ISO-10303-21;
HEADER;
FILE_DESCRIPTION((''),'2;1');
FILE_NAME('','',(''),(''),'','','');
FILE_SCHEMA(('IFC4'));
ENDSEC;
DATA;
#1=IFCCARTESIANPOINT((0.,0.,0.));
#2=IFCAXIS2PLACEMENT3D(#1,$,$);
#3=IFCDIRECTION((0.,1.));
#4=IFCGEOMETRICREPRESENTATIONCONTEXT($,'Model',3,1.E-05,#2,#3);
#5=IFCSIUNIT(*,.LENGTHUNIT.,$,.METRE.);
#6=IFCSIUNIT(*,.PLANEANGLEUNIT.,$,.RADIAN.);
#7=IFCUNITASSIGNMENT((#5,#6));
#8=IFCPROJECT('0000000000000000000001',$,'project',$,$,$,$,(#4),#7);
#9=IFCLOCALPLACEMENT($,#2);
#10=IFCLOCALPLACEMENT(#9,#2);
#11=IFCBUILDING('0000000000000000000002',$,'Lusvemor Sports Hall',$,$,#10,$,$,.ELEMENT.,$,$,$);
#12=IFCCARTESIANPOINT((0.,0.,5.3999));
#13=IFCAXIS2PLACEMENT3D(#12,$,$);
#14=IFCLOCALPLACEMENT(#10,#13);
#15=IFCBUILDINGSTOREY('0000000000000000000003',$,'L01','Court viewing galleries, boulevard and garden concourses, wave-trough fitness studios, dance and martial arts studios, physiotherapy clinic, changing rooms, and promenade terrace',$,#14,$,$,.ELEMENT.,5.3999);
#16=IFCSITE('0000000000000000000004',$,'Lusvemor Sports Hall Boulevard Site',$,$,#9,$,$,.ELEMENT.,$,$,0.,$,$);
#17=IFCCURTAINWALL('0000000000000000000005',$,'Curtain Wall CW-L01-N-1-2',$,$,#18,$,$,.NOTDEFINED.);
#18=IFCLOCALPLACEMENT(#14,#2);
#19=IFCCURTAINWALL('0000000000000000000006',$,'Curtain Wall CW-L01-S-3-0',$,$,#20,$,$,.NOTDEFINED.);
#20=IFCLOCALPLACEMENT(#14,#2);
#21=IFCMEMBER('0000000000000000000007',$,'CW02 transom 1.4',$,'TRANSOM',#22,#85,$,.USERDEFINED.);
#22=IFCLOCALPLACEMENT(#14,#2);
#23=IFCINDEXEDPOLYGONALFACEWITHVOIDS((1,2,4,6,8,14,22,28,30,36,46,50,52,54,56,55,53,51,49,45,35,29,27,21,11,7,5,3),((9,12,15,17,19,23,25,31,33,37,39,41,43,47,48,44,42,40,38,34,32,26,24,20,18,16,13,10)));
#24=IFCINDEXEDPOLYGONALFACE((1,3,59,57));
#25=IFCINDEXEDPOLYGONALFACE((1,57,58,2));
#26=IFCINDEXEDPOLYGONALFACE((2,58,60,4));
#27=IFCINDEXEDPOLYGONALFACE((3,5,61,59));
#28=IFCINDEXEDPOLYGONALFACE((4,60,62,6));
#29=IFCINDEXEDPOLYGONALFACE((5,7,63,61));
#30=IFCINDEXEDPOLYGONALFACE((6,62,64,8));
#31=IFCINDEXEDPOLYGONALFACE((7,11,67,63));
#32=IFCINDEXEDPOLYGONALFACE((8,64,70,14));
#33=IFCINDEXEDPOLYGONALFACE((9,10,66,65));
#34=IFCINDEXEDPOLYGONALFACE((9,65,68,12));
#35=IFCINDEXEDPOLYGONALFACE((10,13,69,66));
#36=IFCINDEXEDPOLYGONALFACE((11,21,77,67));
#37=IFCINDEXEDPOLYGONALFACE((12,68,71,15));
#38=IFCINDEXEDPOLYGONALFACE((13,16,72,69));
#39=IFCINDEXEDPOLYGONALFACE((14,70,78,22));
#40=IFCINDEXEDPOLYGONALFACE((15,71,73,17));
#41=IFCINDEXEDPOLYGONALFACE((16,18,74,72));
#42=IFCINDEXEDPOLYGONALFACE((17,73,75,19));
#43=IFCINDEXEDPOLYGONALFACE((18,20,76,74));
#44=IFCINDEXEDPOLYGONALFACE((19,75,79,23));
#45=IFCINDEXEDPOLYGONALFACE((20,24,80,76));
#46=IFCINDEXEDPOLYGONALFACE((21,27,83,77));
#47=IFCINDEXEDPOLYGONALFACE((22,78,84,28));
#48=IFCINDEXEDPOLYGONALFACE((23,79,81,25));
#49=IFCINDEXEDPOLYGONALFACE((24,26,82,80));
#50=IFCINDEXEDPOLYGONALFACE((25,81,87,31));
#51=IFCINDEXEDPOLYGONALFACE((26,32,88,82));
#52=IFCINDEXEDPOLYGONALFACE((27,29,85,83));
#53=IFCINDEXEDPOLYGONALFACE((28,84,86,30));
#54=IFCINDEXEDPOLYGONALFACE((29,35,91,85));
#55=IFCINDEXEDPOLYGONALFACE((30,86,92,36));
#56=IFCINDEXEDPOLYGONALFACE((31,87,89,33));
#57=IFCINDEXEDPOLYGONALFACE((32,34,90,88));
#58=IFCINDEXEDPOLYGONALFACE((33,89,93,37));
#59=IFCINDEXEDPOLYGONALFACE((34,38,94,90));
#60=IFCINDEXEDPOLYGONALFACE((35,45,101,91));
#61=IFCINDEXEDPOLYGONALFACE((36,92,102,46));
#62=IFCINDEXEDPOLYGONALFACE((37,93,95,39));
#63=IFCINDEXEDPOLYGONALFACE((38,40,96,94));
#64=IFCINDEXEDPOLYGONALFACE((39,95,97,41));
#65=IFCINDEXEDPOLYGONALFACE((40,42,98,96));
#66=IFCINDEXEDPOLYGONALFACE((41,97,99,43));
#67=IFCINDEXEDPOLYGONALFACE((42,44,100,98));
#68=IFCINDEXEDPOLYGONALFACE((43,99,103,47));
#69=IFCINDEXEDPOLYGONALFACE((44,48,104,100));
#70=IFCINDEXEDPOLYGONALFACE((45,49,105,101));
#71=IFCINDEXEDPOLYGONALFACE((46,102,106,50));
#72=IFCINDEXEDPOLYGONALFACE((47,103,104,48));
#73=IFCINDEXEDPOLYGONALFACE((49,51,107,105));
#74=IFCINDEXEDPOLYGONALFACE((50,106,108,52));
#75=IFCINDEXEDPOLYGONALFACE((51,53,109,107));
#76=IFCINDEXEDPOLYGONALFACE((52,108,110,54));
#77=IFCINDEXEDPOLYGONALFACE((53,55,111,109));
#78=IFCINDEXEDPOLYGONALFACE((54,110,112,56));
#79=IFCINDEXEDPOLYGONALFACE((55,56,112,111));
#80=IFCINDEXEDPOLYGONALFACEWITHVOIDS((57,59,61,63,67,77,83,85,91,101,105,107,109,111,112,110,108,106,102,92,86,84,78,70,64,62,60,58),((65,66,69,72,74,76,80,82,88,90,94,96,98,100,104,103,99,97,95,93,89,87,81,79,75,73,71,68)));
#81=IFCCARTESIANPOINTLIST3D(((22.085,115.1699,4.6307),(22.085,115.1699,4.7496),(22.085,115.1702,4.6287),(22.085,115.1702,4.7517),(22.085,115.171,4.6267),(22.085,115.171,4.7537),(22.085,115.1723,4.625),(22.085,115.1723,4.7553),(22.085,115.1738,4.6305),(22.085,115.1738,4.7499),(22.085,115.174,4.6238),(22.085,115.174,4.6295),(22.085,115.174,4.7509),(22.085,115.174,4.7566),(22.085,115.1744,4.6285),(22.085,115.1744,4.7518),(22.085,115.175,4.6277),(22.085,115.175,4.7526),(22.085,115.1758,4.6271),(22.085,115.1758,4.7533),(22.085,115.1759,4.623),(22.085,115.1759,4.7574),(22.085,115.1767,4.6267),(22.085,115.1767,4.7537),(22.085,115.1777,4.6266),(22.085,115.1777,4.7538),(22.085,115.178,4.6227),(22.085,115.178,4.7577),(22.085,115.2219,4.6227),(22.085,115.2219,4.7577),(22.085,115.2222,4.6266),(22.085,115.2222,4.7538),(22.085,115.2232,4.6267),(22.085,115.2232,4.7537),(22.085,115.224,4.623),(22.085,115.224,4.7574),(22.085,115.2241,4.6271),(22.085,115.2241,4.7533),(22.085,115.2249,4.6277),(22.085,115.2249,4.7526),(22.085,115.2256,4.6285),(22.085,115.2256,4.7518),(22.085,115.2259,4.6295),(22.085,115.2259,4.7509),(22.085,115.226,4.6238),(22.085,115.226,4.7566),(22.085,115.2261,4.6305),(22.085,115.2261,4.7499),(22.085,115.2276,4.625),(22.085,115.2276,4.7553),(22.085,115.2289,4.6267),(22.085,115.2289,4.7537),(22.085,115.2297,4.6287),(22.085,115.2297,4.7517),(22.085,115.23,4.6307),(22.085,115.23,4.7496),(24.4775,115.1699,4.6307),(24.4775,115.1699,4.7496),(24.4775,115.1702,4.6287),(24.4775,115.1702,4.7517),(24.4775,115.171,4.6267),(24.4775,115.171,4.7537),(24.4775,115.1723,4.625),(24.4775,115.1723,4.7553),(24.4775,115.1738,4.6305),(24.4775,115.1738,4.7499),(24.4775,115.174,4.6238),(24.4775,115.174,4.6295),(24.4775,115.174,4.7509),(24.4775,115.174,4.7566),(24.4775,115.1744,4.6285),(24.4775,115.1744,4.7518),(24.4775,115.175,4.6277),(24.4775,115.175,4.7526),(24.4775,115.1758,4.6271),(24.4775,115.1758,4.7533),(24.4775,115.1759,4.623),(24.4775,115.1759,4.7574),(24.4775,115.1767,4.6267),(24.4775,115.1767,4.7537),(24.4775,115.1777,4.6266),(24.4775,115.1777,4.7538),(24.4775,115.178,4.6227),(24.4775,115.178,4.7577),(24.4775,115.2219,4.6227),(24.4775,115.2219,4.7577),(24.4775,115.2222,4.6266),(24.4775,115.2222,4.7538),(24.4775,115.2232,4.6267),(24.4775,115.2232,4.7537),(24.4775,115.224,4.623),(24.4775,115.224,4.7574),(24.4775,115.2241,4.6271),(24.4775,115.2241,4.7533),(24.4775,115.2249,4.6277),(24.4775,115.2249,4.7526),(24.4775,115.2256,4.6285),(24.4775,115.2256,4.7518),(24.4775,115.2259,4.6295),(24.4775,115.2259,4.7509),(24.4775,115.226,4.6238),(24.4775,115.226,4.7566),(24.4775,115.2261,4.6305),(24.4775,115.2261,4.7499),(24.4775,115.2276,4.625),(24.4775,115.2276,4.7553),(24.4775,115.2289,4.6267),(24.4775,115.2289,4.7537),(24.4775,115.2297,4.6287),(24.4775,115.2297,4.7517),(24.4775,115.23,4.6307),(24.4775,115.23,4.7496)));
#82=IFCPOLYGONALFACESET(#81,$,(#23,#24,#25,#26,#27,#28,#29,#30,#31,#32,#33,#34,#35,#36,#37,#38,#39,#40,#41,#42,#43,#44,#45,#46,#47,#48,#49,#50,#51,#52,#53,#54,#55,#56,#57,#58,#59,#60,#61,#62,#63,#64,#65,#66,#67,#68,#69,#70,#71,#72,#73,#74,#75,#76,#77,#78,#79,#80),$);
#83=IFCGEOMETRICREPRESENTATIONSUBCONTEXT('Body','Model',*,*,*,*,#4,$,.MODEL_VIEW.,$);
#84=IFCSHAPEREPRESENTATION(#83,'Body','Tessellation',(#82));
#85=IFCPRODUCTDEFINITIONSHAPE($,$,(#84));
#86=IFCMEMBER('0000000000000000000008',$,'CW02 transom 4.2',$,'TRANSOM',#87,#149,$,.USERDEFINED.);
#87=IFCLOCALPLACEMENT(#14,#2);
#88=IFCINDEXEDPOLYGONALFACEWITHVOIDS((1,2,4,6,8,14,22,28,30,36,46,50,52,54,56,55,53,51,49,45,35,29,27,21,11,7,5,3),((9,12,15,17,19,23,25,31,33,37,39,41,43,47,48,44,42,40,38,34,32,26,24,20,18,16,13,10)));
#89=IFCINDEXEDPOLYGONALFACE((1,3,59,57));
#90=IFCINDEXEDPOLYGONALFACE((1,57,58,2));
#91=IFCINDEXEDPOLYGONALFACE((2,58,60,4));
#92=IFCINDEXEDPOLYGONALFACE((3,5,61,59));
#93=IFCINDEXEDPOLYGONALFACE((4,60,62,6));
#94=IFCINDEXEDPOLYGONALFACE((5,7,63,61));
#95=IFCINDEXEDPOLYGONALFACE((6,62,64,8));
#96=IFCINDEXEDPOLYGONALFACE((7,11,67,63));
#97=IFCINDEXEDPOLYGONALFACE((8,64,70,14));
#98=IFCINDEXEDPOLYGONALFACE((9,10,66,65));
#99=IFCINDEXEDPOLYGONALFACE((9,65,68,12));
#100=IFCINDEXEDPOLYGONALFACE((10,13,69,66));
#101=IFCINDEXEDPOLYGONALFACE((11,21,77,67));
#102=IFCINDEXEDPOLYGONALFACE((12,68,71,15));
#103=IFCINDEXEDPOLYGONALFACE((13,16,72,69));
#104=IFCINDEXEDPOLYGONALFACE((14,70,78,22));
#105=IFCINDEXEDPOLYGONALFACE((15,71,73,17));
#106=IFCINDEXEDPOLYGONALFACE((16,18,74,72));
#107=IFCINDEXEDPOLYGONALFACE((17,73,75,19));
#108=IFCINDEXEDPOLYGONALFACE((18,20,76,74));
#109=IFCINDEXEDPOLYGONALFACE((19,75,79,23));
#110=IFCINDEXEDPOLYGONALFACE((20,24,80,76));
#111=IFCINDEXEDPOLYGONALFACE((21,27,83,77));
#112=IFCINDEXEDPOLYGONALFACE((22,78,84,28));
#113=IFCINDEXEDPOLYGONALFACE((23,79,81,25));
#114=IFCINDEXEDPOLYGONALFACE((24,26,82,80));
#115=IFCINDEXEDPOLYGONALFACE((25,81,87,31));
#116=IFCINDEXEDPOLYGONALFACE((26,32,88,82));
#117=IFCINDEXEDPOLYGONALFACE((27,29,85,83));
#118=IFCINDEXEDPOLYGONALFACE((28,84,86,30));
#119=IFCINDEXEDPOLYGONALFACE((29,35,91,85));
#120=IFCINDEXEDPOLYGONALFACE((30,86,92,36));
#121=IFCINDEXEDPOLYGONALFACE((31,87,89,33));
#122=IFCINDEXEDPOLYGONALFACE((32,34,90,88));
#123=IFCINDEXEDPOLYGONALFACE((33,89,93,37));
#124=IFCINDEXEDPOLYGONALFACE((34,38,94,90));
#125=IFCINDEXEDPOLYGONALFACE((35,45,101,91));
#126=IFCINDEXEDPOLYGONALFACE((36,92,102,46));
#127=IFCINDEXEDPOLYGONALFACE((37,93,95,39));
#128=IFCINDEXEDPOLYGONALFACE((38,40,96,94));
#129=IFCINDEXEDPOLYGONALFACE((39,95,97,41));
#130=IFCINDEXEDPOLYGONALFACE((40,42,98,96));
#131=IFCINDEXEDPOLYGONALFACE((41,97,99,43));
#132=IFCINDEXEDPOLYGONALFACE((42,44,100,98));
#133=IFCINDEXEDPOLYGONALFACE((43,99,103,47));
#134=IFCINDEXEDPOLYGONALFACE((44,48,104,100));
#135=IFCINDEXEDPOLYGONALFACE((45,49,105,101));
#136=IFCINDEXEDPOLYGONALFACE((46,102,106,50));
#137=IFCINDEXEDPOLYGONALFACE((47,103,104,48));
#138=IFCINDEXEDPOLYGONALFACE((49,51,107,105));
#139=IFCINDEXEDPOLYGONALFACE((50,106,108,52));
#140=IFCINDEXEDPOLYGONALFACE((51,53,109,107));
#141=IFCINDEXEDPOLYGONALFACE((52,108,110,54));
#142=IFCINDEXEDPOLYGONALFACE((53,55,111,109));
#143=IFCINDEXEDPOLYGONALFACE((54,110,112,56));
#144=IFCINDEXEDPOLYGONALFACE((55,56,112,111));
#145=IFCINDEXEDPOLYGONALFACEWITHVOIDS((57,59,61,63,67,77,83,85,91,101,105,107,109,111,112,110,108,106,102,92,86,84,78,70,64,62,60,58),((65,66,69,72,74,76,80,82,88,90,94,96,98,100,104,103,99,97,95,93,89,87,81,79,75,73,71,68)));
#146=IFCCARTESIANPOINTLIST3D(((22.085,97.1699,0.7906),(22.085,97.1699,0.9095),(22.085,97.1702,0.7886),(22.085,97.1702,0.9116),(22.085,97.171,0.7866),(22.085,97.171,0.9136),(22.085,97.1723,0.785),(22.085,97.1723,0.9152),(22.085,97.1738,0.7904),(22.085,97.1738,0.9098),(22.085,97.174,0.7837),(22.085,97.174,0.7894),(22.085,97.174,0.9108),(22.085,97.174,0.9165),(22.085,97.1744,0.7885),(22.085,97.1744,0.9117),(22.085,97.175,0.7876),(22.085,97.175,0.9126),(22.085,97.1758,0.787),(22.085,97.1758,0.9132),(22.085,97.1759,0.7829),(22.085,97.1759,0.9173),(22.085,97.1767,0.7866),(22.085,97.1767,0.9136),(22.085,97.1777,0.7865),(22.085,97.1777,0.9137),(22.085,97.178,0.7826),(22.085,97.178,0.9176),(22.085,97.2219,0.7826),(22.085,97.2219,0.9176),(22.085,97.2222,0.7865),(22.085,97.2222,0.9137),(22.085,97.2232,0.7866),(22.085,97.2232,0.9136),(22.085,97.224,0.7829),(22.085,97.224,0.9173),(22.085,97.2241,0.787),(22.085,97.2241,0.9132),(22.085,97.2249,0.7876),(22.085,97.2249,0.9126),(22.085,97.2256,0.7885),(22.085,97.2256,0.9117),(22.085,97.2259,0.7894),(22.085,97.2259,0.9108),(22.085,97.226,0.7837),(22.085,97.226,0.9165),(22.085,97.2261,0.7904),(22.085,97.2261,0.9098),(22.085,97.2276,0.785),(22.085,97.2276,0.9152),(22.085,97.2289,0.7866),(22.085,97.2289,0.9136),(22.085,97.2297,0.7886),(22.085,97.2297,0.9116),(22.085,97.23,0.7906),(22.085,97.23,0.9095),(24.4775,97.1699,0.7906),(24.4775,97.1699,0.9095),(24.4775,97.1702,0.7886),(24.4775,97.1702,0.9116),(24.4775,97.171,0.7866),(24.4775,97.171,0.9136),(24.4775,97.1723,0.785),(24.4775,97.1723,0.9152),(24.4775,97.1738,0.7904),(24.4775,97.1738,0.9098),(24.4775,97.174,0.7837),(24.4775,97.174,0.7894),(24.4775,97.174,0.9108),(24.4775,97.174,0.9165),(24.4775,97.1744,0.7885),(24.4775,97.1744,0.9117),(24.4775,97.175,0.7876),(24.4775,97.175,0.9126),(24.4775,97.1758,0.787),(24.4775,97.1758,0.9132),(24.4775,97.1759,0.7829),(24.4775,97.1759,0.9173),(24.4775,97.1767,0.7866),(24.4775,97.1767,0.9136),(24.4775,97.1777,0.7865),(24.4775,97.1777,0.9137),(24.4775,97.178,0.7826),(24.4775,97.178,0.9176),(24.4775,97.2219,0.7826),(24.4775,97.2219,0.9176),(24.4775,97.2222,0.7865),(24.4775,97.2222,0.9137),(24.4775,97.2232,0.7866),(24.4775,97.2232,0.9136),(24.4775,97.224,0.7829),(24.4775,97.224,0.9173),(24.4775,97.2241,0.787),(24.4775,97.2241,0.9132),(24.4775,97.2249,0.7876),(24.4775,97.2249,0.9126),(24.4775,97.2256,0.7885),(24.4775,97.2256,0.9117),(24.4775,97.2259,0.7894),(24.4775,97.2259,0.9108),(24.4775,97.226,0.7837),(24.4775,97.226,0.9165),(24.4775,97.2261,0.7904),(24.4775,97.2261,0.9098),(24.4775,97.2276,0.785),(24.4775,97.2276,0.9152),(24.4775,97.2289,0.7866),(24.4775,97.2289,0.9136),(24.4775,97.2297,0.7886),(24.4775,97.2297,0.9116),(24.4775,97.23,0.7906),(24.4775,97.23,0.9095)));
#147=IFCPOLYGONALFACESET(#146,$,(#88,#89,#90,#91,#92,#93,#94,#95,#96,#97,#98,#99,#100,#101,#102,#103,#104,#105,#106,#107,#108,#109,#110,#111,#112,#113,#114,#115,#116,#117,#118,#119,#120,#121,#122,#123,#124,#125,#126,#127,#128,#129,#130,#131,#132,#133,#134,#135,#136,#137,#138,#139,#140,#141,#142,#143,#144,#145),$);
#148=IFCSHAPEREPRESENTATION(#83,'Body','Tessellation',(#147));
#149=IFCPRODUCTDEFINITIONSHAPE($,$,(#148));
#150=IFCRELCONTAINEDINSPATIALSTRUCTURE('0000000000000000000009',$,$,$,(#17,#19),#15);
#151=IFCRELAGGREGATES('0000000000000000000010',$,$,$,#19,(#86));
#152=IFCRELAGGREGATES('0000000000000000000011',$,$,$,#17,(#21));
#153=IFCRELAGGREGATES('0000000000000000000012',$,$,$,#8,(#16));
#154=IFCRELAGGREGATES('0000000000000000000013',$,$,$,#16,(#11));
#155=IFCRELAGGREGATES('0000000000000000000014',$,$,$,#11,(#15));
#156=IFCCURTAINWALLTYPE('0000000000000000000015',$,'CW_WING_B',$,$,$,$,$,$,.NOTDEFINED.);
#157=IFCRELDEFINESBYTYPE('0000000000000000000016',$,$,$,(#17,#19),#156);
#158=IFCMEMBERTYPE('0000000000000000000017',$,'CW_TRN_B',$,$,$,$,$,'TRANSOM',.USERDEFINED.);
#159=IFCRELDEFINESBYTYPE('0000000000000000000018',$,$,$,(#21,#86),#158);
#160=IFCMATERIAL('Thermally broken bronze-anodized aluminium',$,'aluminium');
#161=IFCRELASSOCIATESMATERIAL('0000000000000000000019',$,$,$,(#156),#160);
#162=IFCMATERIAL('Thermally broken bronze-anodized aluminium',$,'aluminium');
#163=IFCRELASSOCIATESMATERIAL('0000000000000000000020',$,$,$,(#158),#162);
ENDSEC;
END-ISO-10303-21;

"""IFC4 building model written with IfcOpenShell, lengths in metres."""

from ifc_helpers import new_model, si_unit, direction, frame, origin, origin_2d, place, context, subcontext, project, spatial, hollow_rectangle, extrude, material, material_profile, profile_set, type_object, element, aggregate, save


model = new_model("IFC4")

# Units and contexts
model_context = context("Model", 3, precision=1e-05, world=origin(), true_north=direction((0.0, 1.0)))
body_context = subcontext(model_context, "Body", "Model", "MODEL_VIEW")
ifc_project = project(units=[si_unit("LENGTHUNIT", "METRE"), si_unit("PLANEANGLEUNIT", "RADIAN")], contexts=[model_context])

# Site, building, storey
site_placement = place(None, origin())
site = spatial("IfcSite", under=ifc_project, at=site_placement, Name="Lusvemor Sports Hall Boulevard Site", CompositionType="ELEMENT", RefElevation=0.0)
building_placement = place(site_placement, origin())
building = spatial("IfcBuilding", under=site, at=building_placement, Name="Lusvemor Sports Hall", CompositionType="ELEMENT")
storey_placement = place(building_placement, frame((0.0, 0.0, 5.3999)))
storey = spatial("IfcBuildingStorey", under=building, at=storey_placement, Name="L01", Description="Court viewing galleries, boulevard and garden concourses, wave-trough fitness studios, dance and martial arts studios, physiotherapy clinic, changing rooms, and promenade terrace", CompositionType="ELEMENT", Elevation=5.3999)

# Curtain walls
ifc_material_1 = material(Name="Thermally broken bronze-anodized aluminium", Category="aluminium")
curtain_wall_type = type_object("IfcCurtainWallType", Name="CW_WING_B", PredefinedType="NOTDEFINED", material=ifc_material_1)
curtain_wall_1_placement = place(storey_placement, origin())
curtain_wall_1 = element("IfcCurtainWall", 1, at=curtain_wall_1_placement, inside=storey, type_object=curtain_wall_type, Name="Curtain Wall CW-L01-N-1-2", PredefinedType="NOTDEFINED")
curtain_wall_2_placement = place(storey_placement, origin())
curtain_wall_2 = element("IfcCurtainWall", 2, at=curtain_wall_2_placement, inside=storey, type_object=curtain_wall_type, Name="Curtain Wall CW-L01-S-3-0", PredefinedType="NOTDEFINED")

# Members
ifc_material_2 = material(Name="Thermally broken bronze-anodized aluminium", Category="aluminium")
ifc_material_profile_1 = material_profile(ifc_material_2, hollow_rectangle(XDim=0.0601, YDim=0.135, WallThickness=0.0039, InnerFilletRadius=0.0039, OuterFilletRadius=0.0081, at=origin_2d()), Name="CWTRN135x60x4")
ifc_profile_set_1 = profile_set([ifc_material_profile_1], Name="Thermally broken bronze-anodized aluminium")
member_type_1 = type_object("IfcMemberType", Name="CW_TRN_B", ElementType="TRANSOM", PredefinedType="USERDEFINED", material=ifc_profile_set_1)
member_1_placement = place(storey_placement, frame((22.085, 115.2, 4.6902), z_axis=(1.0, 0.0, 0.0), x_axis=(0.0, 1.0, 0.0)))
member_1 = element("IfcMember", 3, at=member_1_placement, type_object=member_type_1, Name="CW02 transom 1.4", ObjectType="TRANSOM", PredefinedType="USERDEFINED", context=body_context, shape_type="SweptSolid", body=[
    extrude(hollow_rectangle(XDim=0.0601, YDim=0.135, WallThickness=0.0039, InnerFilletRadius=0.0039, OuterFilletRadius=0.0081, at=origin_2d()), origin(), (0.0, 0.0, 1.0), 2.3926),
])
member_2_placement = place(storey_placement, frame((24.4775, 97.2, 0.8501), z_axis=(-1.0, 0.0, 0.0), x_axis=(0.0, -1.0, 0.0)))
member_2 = element("IfcMember", 4, at=member_2_placement, type_object=member_type_1, Name="CW02 transom 4.2", ObjectType="TRANSOM", PredefinedType="USERDEFINED", context=body_context, shape_type="SweptSolid", body=[
    extrude(hollow_rectangle(XDim=0.0601, YDim=0.135, WallThickness=0.0039, InnerFilletRadius=0.0039, OuterFilletRadius=0.0081, at=origin_2d()), origin(), (0.0, 0.0, 1.0), 2.3926),
])
aggregate(curtain_wall_2, [member_2])

aggregate(curtain_wall_1, [member_1])

save(model, "model.ifc")
